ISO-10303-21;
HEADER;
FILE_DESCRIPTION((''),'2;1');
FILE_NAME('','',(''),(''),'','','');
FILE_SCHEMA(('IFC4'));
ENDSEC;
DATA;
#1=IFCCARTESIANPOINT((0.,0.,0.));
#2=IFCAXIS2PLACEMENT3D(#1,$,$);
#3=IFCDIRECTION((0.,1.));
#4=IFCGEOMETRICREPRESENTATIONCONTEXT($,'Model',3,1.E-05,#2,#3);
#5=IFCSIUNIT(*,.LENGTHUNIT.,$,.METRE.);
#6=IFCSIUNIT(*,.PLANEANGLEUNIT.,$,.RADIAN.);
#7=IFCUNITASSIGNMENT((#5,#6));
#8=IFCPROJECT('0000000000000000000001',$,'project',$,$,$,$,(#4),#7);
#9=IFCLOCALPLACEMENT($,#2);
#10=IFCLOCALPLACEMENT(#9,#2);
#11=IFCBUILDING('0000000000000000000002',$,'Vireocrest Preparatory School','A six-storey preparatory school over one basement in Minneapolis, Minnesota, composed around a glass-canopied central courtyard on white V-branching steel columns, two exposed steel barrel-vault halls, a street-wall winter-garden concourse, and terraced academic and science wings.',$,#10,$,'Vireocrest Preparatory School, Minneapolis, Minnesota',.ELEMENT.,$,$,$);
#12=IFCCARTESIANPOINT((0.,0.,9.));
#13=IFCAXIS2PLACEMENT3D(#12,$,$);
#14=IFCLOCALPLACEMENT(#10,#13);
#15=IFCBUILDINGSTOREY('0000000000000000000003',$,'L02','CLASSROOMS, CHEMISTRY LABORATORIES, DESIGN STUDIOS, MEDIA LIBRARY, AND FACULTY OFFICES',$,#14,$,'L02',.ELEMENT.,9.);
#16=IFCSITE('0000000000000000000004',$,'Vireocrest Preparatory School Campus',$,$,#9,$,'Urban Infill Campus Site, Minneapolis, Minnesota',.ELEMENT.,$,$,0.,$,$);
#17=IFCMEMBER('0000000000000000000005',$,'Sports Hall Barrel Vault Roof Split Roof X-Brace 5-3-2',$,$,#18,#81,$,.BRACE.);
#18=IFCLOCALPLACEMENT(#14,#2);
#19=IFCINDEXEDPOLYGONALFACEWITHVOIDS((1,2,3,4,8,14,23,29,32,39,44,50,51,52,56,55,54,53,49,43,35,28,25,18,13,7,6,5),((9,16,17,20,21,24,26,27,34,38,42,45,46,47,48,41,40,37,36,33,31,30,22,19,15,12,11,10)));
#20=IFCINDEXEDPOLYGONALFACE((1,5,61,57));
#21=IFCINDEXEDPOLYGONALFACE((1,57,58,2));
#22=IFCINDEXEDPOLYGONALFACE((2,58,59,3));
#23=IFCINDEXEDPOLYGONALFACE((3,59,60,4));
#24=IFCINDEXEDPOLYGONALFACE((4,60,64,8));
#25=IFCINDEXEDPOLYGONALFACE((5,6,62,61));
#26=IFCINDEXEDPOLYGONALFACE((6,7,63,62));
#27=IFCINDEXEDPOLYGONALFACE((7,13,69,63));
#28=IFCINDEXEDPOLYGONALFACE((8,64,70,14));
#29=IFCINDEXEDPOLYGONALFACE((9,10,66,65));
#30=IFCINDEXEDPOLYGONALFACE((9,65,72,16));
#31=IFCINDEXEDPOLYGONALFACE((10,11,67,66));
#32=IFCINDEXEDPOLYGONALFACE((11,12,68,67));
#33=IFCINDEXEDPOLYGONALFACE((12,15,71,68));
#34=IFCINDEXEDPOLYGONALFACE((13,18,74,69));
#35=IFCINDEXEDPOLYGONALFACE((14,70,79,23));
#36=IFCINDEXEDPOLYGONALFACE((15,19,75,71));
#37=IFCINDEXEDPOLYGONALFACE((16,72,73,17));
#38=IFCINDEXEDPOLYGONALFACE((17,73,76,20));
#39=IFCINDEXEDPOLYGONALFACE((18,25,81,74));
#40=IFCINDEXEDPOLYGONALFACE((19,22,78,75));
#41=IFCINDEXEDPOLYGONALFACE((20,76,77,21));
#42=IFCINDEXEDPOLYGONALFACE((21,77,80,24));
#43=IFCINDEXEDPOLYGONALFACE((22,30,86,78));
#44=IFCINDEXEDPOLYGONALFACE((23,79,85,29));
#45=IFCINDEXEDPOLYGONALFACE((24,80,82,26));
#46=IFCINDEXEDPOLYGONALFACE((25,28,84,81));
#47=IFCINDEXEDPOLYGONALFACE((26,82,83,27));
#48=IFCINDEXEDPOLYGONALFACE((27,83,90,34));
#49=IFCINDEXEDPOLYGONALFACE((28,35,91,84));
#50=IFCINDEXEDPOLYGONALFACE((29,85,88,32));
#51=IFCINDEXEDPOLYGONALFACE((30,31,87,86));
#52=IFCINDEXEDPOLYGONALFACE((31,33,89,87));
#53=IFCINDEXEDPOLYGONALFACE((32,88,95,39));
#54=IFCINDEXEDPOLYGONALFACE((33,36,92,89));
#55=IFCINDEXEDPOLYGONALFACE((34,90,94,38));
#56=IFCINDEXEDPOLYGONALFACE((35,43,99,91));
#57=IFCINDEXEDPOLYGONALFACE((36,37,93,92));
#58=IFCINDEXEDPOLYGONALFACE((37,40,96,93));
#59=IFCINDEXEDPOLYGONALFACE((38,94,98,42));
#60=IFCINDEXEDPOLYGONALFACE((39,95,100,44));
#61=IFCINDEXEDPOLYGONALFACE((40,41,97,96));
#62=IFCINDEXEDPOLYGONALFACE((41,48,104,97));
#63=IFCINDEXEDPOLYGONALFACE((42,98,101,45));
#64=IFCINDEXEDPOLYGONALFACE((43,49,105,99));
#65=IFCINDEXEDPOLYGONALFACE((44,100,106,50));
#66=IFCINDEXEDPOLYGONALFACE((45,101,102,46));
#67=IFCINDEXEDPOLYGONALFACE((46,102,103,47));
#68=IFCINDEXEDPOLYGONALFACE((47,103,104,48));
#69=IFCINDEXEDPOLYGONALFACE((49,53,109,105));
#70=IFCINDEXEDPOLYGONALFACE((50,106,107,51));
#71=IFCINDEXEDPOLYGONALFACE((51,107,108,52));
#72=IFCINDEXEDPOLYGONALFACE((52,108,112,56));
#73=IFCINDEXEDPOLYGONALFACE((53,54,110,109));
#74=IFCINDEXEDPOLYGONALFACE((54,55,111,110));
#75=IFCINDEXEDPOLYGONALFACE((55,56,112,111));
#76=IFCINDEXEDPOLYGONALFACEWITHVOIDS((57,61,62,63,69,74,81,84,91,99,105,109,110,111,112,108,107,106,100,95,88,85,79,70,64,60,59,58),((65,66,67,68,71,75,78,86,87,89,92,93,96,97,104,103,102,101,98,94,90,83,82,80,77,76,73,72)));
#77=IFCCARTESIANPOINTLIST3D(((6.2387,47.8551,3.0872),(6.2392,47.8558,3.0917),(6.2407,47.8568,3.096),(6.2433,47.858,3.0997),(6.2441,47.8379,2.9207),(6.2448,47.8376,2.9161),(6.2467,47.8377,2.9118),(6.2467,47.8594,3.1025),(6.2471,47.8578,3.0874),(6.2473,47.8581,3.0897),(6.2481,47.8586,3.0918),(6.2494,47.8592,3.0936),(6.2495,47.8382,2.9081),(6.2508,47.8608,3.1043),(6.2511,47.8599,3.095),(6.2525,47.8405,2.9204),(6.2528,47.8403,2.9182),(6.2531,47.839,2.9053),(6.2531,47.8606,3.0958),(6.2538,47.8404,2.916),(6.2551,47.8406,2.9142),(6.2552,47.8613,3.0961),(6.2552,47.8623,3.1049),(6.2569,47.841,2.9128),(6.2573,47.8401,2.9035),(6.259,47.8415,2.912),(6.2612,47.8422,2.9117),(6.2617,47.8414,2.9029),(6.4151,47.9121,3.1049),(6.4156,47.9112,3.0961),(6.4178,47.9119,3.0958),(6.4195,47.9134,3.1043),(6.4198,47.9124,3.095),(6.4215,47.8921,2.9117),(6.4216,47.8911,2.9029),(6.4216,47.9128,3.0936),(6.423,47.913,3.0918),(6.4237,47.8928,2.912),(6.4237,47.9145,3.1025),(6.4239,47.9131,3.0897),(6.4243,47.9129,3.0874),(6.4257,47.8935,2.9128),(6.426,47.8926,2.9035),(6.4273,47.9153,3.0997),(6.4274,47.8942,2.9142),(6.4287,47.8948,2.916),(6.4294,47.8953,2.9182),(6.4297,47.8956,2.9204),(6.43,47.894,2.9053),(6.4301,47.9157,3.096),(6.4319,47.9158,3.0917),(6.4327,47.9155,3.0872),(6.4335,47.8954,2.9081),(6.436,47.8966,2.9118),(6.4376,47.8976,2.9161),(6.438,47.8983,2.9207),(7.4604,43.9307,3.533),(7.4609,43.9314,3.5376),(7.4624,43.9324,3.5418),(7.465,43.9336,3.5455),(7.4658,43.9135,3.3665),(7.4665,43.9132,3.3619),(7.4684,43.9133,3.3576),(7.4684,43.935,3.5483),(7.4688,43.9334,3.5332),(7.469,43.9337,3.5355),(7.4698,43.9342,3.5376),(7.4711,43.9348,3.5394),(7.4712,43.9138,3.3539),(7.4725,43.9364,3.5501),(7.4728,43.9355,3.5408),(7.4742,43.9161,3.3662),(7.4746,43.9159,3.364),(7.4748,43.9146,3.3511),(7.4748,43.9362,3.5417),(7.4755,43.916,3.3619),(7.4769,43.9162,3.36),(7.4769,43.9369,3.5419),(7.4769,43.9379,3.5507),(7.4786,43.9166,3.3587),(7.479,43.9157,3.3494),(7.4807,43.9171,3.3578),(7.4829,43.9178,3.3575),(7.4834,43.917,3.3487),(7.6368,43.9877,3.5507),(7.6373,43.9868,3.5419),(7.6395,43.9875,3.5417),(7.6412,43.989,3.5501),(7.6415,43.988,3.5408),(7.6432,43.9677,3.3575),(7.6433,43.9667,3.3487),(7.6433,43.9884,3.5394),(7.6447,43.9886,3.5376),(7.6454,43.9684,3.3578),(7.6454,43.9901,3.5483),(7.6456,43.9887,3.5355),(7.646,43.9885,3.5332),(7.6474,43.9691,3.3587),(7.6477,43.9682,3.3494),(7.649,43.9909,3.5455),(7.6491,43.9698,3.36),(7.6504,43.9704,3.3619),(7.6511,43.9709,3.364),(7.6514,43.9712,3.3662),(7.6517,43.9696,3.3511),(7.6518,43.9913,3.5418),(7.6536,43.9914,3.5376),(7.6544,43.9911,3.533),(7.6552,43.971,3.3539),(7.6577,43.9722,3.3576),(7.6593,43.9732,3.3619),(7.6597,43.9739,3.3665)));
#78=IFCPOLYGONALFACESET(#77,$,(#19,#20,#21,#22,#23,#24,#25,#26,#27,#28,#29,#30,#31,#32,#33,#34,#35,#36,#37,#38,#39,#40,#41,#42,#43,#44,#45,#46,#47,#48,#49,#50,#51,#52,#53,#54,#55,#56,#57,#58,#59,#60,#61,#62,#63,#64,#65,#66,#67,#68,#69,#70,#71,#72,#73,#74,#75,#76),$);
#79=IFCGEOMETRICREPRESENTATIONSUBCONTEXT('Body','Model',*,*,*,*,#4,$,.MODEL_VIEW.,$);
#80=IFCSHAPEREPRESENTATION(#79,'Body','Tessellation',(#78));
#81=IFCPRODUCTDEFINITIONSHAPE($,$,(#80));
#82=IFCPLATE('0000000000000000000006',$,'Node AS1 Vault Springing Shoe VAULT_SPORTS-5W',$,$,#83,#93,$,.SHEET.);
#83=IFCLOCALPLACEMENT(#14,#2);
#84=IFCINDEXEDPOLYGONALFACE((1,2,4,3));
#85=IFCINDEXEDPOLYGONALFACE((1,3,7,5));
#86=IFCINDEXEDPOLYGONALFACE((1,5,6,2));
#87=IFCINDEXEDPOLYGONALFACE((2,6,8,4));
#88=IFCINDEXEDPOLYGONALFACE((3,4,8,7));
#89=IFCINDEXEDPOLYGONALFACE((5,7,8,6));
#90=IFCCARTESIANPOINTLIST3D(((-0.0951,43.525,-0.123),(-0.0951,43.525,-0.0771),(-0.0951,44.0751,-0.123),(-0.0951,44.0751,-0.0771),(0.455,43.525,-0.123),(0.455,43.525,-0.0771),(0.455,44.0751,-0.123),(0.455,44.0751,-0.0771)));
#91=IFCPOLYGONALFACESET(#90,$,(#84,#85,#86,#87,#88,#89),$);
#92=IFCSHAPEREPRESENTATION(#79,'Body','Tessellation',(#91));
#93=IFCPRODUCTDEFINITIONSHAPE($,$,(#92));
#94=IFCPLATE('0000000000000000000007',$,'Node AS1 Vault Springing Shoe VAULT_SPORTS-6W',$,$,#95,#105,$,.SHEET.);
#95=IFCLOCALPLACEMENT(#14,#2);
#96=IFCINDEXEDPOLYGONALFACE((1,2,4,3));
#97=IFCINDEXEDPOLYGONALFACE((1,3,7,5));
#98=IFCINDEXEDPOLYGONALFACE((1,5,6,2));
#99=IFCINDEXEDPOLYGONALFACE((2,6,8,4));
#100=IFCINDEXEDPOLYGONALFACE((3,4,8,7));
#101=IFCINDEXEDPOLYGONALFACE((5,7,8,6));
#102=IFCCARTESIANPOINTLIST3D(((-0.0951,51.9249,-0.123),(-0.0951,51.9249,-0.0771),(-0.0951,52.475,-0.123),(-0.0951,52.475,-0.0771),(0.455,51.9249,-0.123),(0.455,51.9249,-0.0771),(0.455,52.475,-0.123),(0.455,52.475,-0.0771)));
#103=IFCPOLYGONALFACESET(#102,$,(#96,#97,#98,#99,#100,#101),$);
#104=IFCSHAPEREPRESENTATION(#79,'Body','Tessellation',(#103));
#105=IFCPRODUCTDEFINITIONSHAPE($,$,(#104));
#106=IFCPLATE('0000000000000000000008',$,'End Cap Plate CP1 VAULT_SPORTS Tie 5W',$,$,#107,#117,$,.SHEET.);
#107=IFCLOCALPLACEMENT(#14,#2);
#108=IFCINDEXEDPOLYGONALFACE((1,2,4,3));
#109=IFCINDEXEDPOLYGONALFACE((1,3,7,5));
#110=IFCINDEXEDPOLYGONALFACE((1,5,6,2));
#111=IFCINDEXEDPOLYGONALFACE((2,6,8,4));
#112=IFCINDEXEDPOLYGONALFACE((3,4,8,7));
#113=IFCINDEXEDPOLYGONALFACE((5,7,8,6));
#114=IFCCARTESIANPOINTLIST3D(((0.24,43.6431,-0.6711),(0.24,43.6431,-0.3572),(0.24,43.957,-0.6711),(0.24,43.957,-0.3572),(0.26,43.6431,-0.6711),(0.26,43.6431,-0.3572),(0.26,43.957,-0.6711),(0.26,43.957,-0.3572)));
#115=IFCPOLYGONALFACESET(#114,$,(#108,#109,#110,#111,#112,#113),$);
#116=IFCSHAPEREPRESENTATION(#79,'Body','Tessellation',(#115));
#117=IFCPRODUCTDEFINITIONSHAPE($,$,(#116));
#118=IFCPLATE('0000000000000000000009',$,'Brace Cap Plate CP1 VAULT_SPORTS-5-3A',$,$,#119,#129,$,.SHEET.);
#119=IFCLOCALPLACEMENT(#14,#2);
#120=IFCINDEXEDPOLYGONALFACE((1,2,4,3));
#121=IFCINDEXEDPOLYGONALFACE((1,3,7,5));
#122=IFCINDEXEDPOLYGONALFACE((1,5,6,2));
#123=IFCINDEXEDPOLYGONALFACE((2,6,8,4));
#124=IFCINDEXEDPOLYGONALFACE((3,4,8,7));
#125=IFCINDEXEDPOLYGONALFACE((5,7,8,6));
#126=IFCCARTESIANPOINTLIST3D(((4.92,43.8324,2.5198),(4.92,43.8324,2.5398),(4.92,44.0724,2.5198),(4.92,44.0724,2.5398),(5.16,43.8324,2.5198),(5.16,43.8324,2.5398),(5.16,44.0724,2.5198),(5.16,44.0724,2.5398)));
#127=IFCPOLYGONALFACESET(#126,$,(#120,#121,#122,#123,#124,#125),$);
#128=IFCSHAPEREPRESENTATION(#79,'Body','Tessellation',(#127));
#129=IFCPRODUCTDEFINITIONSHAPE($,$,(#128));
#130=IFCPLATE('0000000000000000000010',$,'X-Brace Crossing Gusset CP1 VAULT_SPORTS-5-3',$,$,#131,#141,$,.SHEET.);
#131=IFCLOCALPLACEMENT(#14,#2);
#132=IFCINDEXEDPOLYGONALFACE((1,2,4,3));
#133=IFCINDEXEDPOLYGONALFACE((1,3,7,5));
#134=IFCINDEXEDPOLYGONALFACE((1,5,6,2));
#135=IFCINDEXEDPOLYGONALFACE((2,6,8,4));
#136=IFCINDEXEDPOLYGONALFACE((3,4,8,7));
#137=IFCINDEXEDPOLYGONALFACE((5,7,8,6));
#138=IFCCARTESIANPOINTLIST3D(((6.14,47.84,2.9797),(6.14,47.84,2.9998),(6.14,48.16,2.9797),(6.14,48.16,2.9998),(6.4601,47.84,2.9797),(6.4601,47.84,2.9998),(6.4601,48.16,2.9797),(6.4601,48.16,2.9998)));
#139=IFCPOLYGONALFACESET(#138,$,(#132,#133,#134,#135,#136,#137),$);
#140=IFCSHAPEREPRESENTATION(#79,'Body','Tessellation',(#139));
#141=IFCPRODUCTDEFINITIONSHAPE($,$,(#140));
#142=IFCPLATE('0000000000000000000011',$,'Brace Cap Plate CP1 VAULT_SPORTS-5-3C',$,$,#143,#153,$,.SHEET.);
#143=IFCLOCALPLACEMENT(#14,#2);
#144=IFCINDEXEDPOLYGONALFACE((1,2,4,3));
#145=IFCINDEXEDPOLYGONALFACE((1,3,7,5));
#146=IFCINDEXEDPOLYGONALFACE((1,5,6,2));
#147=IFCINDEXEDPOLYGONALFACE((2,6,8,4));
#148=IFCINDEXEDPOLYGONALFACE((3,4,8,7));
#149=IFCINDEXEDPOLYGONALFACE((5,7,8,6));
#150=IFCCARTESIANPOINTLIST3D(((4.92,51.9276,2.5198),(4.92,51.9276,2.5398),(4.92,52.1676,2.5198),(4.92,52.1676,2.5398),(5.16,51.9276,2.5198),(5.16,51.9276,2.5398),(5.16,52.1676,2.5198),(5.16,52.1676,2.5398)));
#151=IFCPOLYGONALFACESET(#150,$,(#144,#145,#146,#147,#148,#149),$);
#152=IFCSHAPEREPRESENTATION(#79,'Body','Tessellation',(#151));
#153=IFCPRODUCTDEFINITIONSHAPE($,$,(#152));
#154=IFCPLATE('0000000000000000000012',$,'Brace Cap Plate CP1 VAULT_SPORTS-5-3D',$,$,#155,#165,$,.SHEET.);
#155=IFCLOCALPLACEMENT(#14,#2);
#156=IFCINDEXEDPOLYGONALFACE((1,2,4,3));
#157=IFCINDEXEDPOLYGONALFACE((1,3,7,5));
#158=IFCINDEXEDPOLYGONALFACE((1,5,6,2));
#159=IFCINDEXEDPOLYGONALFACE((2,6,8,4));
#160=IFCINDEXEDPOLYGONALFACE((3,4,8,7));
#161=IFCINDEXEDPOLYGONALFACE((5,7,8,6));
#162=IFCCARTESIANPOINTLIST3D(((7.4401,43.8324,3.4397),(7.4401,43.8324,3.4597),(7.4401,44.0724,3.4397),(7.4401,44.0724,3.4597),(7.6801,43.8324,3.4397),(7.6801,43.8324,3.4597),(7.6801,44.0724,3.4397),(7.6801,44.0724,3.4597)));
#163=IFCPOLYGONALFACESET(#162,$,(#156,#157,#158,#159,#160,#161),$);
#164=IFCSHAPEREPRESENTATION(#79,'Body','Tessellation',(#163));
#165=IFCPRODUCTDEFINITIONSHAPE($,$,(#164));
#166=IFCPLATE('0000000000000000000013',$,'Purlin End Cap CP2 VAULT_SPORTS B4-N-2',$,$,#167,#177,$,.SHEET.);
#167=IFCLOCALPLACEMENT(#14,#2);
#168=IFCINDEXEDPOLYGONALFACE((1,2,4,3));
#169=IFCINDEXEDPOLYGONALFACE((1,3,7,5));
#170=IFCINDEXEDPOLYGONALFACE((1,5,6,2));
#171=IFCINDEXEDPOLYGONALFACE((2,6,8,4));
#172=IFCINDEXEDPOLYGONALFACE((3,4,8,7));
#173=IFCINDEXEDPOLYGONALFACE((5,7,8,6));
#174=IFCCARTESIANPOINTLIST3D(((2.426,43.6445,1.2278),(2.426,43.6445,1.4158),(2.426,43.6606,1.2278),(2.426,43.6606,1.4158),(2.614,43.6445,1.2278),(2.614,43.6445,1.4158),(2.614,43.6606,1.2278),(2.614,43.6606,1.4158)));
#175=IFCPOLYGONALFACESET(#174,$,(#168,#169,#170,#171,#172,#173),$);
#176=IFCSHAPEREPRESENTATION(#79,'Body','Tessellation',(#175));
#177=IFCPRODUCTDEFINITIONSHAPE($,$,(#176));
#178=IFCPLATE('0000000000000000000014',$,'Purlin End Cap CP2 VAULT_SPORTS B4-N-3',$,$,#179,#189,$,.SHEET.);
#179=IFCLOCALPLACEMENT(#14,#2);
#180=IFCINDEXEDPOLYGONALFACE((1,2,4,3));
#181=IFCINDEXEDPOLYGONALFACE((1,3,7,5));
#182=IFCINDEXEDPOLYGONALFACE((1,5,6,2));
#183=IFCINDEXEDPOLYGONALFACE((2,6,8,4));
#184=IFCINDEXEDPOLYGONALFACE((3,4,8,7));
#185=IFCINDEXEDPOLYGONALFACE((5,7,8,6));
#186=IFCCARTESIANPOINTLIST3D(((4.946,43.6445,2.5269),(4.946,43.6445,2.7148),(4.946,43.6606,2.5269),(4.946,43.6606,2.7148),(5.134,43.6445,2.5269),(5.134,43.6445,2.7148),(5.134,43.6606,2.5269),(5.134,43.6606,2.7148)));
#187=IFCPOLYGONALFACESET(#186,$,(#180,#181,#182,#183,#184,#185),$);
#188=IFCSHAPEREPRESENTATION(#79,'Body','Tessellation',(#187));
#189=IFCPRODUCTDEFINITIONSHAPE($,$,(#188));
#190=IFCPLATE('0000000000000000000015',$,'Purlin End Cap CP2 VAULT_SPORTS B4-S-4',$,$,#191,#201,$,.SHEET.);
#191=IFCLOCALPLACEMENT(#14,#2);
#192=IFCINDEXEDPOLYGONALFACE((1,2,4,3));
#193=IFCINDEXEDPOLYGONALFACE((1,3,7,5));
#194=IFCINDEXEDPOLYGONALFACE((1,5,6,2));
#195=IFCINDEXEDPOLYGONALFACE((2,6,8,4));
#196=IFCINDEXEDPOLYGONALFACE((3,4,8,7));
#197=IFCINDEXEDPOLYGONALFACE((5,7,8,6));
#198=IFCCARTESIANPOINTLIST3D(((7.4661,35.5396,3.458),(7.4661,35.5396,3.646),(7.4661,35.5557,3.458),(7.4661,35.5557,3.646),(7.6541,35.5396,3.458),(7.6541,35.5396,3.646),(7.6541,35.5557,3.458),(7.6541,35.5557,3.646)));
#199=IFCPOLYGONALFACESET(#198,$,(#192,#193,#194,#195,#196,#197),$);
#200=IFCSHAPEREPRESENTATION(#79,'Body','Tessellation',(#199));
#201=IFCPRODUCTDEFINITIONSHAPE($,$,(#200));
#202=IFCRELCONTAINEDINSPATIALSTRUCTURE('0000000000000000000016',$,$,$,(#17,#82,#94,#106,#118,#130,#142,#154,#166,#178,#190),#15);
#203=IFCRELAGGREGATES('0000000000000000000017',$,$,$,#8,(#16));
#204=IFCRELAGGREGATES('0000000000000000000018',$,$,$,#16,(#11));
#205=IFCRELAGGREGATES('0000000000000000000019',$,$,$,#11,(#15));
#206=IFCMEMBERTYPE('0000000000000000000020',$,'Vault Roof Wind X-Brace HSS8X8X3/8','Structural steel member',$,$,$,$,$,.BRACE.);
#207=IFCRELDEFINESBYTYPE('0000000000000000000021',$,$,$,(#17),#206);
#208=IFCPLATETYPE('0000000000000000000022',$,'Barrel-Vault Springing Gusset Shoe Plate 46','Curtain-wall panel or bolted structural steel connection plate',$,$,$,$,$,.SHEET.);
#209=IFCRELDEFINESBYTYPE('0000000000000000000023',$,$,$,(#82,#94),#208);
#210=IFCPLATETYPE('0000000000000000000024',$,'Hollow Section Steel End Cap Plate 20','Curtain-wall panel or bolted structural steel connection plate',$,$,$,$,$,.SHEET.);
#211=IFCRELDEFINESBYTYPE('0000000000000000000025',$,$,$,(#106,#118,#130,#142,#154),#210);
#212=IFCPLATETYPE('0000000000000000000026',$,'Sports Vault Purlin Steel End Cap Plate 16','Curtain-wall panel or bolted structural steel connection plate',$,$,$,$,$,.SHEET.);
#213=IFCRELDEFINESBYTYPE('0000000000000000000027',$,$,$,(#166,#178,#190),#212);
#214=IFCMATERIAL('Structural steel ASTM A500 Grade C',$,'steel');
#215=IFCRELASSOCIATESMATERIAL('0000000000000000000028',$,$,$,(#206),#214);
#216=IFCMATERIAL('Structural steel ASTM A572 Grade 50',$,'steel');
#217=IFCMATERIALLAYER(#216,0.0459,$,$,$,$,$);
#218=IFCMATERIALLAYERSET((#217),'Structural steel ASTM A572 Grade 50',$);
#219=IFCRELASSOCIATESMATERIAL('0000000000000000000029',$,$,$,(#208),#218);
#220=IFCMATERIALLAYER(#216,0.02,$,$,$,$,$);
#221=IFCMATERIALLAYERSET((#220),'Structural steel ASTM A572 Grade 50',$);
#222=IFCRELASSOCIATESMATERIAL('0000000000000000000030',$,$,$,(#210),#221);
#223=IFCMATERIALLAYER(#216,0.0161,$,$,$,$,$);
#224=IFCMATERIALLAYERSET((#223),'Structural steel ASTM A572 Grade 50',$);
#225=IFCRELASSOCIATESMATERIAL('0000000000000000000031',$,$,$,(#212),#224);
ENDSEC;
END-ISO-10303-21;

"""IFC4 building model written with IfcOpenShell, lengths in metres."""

from ifc_helpers import new_model, si_unit, direction, frame, origin, origin_2d, place, context, subcontext, project, spatial, rectangle, hollow_rectangle, extrude, material, layer, layer_set, material_profile, profile_set, type_object, element, save


model = new_model("IFC4")

# Units and contexts
model_context = context("Model", 3, precision=1e-05, world=origin(), true_north=direction((0.0, 1.0)))
body_context = subcontext(model_context, "Body", "Model", "MODEL_VIEW")
ifc_project = project(units=[si_unit("LENGTHUNIT", "METRE"), si_unit("PLANEANGLEUNIT", "RADIAN")], contexts=[model_context])

# Site, building, storey
site_placement = place(None, origin())
site = spatial("IfcSite", under=ifc_project, at=site_placement, Name="Vireocrest Preparatory School Campus", LongName="Urban Infill Campus Site, Minneapolis, Minnesota", CompositionType="ELEMENT", RefElevation=0.0)
building_placement = place(site_placement, origin())
building = spatial("IfcBuilding", under=site, at=building_placement, Name="Vireocrest Preparatory School", Description="A six-storey preparatory school over one basement in Minneapolis, Minnesota, composed around a glass-canopied central courtyard on white V-branching steel columns, two exposed steel barrel-vault halls, a street-wall winter-garden concourse, and terraced academic and science wings.", LongName="Vireocrest Preparatory School, Minneapolis, Minnesota", CompositionType="ELEMENT")
storey_placement = place(building_placement, frame((0.0, 0.0, 9.0)))
storey = spatial("IfcBuildingStorey", under=building, at=storey_placement, Name="L02", Description="CLASSROOMS, CHEMISTRY LABORATORIES, DESIGN STUDIOS, MEDIA LIBRARY, AND FACULTY OFFICES", LongName="L02", CompositionType="ELEMENT", Elevation=9.0)

# Shared definitions
ifc_material_1 = material(Name="Structural steel ASTM A500 Grade C", Category="steel")

# Member
ifc_material_profile_1 = material_profile(ifc_material_1, hollow_rectangle(XDim=0.2031, YDim=0.2031, WallThickness=0.0088, InnerFilletRadius=0.0088, OuterFilletRadius=0.0178, at=origin_2d()), Name="HSS8X8X3/8")
ifc_profile_set_1 = profile_set([ifc_material_profile_1], Name="Structural steel ASTM A500 Grade C")
member_type_1 = type_object("IfcMemberType", Name="Vault Roof Wind X-Brace HSS8X8X3/8", Description="Structural steel member", PredefinedType="BRACE", material=ifc_profile_set_1)
for number, where, z_axis, x_axis, name in (
    (1, (6.3384, 47.8767, 3.0039), (0.295507, -0.949235, 0.107833), (0.954803, 0.29724, 0.0), "Sports Hall Barrel Vault Roof Split Roof X-Brace 5-3-2"),
):
    element("IfcMember", number, at=place(storey_placement, frame(where, z_axis=z_axis, x_axis=x_axis)), inside=storey, type_object=member_type_1, Name=name, PredefinedType="BRACE", context=body_context, shape_type="SweptSolid", body=[
        extrude(hollow_rectangle(XDim=0.2031, YDim=0.2031, WallThickness=0.0088, InnerFilletRadius=0.0088, OuterFilletRadius=0.0178, at=origin_2d()), origin(), (0.0, 0.0, 1.0), 4.1343),
    ])

# Plates
ifc_material_2 = material(Name="Structural steel ASTM A572 Grade 50", Category="steel")
ifc_layer_1 = layer(ifc_material_2, 0.0459)
ifc_layer_set_1 = layer_set([ifc_layer_1], Name="Structural steel ASTM A572 Grade 50")
plate_type_1 = type_object("IfcPlateType", Name="Barrel-Vault Springing Gusset Shoe Plate 46", Description="Curtain-wall panel or bolted structural steel connection plate", PredefinedType="SHEET", material=ifc_layer_set_1)
for number, where, z_axis, x_axis, name in (
    (2, (0.1799, 43.8, -0.123), (0.0, 0.0, 1.0), (1.0, 0.0, 0.0), "Node AS1 Vault Springing Shoe VAULT_SPORTS-5W"),
    (3, (0.1799, 52.2, -0.123), (0.0, 0.0, 1.0), (1.0, 0.0, 0.0), "Node AS1 Vault Springing Shoe VAULT_SPORTS-6W"),
):
    element("IfcPlate", number, at=place(storey_placement, frame(where, z_axis=z_axis, x_axis=x_axis)), inside=storey, type_object=plate_type_1, Name=name, PredefinedType="SHEET", context=body_context, shape_type="SweptSolid", body=[
        extrude(rectangle(XDim=0.55, YDim=0.55, at=origin_2d()), origin(), (0.0, 0.0, 1.0), 0.0459),
    ])
ifc_layer_2 = layer(ifc_material_2, 0.02)
ifc_layer_set_2 = layer_set([ifc_layer_2], Name="Structural steel ASTM A572 Grade 50")
plate_type_2 = type_object("IfcPlateType", Name="Hollow Section Steel End Cap Plate 20", Description="Curtain-wall panel or bolted structural steel connection plate", PredefinedType="SHEET", material=ifc_layer_set_2)
plate_1_placement = place(storey_placement, frame((0.25, 43.8, -0.6711), z_axis=(0.0, 0.0, 1.0), x_axis=(1.0, 0.0, 0.0)))
element("IfcPlate", 4, at=plate_1_placement, inside=storey, type_object=plate_type_2, Name="End Cap Plate CP1 VAULT_SPORTS Tie 5W", PredefinedType="SHEET", context=body_context, shape_type="SweptSolid", body=[
    extrude(rectangle(XDim=0.02, YDim=0.314, at=origin_2d()), origin(), (0.0, 0.0, 1.0), 0.314),
])
plate_2_placement = place(storey_placement, frame((5.04, 43.9524, 2.5198), z_axis=(0.0, 0.0, 1.0), x_axis=(1.0, 0.0, 0.0)))
element("IfcPlate", 5, at=plate_2_placement, inside=storey, type_object=plate_type_2, Name="Brace Cap Plate CP1 VAULT_SPORTS-5-3A", PredefinedType="SHEET", context=body_context, shape_type="SweptSolid", body=[
    extrude(rectangle(XDim=0.24, YDim=0.24, at=origin_2d()), origin(), (0.0, 0.0, 1.0), 0.02),
])
plate_3_placement = place(storey_placement, frame((6.3, 48.0, 2.9797), z_axis=(0.0, 0.0, 1.0), x_axis=(1.0, 0.0, 0.0)))
element("IfcPlate", 6, at=plate_3_placement, inside=storey, type_object=plate_type_2, Name="X-Brace Crossing Gusset CP1 VAULT_SPORTS-5-3", PredefinedType="SHEET", context=body_context, shape_type="SweptSolid", body=[
    extrude(rectangle(XDim=0.3201, YDim=0.3201, at=origin_2d()), origin(), (0.0, 0.0, 1.0), 0.02),
])
for number, where, z_axis, x_axis, name in (
    (7, (5.04, 52.0476, 2.5198), (0.0, 0.0, 1.0), (1.0, 0.0, 0.0), "Brace Cap Plate CP1 VAULT_SPORTS-5-3C"),
    (8, (7.5601, 43.9524, 3.4397), (0.0, 0.0, 1.0), (1.0, 0.0, 0.0), "Brace Cap Plate CP1 VAULT_SPORTS-5-3D"),
):
    element("IfcPlate", number, at=place(storey_placement, frame(where, z_axis=z_axis, x_axis=x_axis)), inside=storey, type_object=plate_type_2, Name=name, PredefinedType="SHEET", context=body_context, shape_type="SweptSolid", body=[
        extrude(rectangle(XDim=0.24, YDim=0.24, at=origin_2d()), origin(), (0.0, 0.0, 1.0), 0.02),
    ])
ifc_layer_3 = layer(ifc_material_2, 0.0161)
ifc_layer_set_3 = layer_set([ifc_layer_3], Name="Structural steel ASTM A572 Grade 50")
plate_type_3 = type_object("IfcPlateType", Name="Sports Vault Purlin Steel End Cap Plate 16", Description="Curtain-wall panel or bolted structural steel connection plate", PredefinedType="SHEET", material=ifc_layer_set_3)
for number, where, z_axis, x_axis, name in (
    (9, (2.52, 43.6526, 1.2278), (0.0, 0.0, 1.0), (1.0, 0.0, 0.0), "Purlin End Cap CP2 VAULT_SPORTS B4-N-2"),
    (10, (5.04, 43.6526, 2.5269), (0.0, 0.0, 1.0), (1.0, 0.0, 0.0), "Purlin End Cap CP2 VAULT_SPORTS B4-N-3"),
    (11, (7.5601, 35.5476, 3.458), (0.0, 0.0, 1.0), (1.0, 0.0, 0.0), "Purlin End Cap CP2 VAULT_SPORTS B4-S-4"),
):
    element("IfcPlate", number, at=place(storey_placement, frame(where, z_axis=z_axis, x_axis=x_axis)), inside=storey, type_object=plate_type_3, Name=name, PredefinedType="SHEET", context=body_context, shape_type="SweptSolid", body=[
        extrude(rectangle(XDim=0.188, YDim=0.0161, at=origin_2d()), origin(), (0.0, 0.0, 1.0), 0.188),
    ])

save(model, "model.ifc")
